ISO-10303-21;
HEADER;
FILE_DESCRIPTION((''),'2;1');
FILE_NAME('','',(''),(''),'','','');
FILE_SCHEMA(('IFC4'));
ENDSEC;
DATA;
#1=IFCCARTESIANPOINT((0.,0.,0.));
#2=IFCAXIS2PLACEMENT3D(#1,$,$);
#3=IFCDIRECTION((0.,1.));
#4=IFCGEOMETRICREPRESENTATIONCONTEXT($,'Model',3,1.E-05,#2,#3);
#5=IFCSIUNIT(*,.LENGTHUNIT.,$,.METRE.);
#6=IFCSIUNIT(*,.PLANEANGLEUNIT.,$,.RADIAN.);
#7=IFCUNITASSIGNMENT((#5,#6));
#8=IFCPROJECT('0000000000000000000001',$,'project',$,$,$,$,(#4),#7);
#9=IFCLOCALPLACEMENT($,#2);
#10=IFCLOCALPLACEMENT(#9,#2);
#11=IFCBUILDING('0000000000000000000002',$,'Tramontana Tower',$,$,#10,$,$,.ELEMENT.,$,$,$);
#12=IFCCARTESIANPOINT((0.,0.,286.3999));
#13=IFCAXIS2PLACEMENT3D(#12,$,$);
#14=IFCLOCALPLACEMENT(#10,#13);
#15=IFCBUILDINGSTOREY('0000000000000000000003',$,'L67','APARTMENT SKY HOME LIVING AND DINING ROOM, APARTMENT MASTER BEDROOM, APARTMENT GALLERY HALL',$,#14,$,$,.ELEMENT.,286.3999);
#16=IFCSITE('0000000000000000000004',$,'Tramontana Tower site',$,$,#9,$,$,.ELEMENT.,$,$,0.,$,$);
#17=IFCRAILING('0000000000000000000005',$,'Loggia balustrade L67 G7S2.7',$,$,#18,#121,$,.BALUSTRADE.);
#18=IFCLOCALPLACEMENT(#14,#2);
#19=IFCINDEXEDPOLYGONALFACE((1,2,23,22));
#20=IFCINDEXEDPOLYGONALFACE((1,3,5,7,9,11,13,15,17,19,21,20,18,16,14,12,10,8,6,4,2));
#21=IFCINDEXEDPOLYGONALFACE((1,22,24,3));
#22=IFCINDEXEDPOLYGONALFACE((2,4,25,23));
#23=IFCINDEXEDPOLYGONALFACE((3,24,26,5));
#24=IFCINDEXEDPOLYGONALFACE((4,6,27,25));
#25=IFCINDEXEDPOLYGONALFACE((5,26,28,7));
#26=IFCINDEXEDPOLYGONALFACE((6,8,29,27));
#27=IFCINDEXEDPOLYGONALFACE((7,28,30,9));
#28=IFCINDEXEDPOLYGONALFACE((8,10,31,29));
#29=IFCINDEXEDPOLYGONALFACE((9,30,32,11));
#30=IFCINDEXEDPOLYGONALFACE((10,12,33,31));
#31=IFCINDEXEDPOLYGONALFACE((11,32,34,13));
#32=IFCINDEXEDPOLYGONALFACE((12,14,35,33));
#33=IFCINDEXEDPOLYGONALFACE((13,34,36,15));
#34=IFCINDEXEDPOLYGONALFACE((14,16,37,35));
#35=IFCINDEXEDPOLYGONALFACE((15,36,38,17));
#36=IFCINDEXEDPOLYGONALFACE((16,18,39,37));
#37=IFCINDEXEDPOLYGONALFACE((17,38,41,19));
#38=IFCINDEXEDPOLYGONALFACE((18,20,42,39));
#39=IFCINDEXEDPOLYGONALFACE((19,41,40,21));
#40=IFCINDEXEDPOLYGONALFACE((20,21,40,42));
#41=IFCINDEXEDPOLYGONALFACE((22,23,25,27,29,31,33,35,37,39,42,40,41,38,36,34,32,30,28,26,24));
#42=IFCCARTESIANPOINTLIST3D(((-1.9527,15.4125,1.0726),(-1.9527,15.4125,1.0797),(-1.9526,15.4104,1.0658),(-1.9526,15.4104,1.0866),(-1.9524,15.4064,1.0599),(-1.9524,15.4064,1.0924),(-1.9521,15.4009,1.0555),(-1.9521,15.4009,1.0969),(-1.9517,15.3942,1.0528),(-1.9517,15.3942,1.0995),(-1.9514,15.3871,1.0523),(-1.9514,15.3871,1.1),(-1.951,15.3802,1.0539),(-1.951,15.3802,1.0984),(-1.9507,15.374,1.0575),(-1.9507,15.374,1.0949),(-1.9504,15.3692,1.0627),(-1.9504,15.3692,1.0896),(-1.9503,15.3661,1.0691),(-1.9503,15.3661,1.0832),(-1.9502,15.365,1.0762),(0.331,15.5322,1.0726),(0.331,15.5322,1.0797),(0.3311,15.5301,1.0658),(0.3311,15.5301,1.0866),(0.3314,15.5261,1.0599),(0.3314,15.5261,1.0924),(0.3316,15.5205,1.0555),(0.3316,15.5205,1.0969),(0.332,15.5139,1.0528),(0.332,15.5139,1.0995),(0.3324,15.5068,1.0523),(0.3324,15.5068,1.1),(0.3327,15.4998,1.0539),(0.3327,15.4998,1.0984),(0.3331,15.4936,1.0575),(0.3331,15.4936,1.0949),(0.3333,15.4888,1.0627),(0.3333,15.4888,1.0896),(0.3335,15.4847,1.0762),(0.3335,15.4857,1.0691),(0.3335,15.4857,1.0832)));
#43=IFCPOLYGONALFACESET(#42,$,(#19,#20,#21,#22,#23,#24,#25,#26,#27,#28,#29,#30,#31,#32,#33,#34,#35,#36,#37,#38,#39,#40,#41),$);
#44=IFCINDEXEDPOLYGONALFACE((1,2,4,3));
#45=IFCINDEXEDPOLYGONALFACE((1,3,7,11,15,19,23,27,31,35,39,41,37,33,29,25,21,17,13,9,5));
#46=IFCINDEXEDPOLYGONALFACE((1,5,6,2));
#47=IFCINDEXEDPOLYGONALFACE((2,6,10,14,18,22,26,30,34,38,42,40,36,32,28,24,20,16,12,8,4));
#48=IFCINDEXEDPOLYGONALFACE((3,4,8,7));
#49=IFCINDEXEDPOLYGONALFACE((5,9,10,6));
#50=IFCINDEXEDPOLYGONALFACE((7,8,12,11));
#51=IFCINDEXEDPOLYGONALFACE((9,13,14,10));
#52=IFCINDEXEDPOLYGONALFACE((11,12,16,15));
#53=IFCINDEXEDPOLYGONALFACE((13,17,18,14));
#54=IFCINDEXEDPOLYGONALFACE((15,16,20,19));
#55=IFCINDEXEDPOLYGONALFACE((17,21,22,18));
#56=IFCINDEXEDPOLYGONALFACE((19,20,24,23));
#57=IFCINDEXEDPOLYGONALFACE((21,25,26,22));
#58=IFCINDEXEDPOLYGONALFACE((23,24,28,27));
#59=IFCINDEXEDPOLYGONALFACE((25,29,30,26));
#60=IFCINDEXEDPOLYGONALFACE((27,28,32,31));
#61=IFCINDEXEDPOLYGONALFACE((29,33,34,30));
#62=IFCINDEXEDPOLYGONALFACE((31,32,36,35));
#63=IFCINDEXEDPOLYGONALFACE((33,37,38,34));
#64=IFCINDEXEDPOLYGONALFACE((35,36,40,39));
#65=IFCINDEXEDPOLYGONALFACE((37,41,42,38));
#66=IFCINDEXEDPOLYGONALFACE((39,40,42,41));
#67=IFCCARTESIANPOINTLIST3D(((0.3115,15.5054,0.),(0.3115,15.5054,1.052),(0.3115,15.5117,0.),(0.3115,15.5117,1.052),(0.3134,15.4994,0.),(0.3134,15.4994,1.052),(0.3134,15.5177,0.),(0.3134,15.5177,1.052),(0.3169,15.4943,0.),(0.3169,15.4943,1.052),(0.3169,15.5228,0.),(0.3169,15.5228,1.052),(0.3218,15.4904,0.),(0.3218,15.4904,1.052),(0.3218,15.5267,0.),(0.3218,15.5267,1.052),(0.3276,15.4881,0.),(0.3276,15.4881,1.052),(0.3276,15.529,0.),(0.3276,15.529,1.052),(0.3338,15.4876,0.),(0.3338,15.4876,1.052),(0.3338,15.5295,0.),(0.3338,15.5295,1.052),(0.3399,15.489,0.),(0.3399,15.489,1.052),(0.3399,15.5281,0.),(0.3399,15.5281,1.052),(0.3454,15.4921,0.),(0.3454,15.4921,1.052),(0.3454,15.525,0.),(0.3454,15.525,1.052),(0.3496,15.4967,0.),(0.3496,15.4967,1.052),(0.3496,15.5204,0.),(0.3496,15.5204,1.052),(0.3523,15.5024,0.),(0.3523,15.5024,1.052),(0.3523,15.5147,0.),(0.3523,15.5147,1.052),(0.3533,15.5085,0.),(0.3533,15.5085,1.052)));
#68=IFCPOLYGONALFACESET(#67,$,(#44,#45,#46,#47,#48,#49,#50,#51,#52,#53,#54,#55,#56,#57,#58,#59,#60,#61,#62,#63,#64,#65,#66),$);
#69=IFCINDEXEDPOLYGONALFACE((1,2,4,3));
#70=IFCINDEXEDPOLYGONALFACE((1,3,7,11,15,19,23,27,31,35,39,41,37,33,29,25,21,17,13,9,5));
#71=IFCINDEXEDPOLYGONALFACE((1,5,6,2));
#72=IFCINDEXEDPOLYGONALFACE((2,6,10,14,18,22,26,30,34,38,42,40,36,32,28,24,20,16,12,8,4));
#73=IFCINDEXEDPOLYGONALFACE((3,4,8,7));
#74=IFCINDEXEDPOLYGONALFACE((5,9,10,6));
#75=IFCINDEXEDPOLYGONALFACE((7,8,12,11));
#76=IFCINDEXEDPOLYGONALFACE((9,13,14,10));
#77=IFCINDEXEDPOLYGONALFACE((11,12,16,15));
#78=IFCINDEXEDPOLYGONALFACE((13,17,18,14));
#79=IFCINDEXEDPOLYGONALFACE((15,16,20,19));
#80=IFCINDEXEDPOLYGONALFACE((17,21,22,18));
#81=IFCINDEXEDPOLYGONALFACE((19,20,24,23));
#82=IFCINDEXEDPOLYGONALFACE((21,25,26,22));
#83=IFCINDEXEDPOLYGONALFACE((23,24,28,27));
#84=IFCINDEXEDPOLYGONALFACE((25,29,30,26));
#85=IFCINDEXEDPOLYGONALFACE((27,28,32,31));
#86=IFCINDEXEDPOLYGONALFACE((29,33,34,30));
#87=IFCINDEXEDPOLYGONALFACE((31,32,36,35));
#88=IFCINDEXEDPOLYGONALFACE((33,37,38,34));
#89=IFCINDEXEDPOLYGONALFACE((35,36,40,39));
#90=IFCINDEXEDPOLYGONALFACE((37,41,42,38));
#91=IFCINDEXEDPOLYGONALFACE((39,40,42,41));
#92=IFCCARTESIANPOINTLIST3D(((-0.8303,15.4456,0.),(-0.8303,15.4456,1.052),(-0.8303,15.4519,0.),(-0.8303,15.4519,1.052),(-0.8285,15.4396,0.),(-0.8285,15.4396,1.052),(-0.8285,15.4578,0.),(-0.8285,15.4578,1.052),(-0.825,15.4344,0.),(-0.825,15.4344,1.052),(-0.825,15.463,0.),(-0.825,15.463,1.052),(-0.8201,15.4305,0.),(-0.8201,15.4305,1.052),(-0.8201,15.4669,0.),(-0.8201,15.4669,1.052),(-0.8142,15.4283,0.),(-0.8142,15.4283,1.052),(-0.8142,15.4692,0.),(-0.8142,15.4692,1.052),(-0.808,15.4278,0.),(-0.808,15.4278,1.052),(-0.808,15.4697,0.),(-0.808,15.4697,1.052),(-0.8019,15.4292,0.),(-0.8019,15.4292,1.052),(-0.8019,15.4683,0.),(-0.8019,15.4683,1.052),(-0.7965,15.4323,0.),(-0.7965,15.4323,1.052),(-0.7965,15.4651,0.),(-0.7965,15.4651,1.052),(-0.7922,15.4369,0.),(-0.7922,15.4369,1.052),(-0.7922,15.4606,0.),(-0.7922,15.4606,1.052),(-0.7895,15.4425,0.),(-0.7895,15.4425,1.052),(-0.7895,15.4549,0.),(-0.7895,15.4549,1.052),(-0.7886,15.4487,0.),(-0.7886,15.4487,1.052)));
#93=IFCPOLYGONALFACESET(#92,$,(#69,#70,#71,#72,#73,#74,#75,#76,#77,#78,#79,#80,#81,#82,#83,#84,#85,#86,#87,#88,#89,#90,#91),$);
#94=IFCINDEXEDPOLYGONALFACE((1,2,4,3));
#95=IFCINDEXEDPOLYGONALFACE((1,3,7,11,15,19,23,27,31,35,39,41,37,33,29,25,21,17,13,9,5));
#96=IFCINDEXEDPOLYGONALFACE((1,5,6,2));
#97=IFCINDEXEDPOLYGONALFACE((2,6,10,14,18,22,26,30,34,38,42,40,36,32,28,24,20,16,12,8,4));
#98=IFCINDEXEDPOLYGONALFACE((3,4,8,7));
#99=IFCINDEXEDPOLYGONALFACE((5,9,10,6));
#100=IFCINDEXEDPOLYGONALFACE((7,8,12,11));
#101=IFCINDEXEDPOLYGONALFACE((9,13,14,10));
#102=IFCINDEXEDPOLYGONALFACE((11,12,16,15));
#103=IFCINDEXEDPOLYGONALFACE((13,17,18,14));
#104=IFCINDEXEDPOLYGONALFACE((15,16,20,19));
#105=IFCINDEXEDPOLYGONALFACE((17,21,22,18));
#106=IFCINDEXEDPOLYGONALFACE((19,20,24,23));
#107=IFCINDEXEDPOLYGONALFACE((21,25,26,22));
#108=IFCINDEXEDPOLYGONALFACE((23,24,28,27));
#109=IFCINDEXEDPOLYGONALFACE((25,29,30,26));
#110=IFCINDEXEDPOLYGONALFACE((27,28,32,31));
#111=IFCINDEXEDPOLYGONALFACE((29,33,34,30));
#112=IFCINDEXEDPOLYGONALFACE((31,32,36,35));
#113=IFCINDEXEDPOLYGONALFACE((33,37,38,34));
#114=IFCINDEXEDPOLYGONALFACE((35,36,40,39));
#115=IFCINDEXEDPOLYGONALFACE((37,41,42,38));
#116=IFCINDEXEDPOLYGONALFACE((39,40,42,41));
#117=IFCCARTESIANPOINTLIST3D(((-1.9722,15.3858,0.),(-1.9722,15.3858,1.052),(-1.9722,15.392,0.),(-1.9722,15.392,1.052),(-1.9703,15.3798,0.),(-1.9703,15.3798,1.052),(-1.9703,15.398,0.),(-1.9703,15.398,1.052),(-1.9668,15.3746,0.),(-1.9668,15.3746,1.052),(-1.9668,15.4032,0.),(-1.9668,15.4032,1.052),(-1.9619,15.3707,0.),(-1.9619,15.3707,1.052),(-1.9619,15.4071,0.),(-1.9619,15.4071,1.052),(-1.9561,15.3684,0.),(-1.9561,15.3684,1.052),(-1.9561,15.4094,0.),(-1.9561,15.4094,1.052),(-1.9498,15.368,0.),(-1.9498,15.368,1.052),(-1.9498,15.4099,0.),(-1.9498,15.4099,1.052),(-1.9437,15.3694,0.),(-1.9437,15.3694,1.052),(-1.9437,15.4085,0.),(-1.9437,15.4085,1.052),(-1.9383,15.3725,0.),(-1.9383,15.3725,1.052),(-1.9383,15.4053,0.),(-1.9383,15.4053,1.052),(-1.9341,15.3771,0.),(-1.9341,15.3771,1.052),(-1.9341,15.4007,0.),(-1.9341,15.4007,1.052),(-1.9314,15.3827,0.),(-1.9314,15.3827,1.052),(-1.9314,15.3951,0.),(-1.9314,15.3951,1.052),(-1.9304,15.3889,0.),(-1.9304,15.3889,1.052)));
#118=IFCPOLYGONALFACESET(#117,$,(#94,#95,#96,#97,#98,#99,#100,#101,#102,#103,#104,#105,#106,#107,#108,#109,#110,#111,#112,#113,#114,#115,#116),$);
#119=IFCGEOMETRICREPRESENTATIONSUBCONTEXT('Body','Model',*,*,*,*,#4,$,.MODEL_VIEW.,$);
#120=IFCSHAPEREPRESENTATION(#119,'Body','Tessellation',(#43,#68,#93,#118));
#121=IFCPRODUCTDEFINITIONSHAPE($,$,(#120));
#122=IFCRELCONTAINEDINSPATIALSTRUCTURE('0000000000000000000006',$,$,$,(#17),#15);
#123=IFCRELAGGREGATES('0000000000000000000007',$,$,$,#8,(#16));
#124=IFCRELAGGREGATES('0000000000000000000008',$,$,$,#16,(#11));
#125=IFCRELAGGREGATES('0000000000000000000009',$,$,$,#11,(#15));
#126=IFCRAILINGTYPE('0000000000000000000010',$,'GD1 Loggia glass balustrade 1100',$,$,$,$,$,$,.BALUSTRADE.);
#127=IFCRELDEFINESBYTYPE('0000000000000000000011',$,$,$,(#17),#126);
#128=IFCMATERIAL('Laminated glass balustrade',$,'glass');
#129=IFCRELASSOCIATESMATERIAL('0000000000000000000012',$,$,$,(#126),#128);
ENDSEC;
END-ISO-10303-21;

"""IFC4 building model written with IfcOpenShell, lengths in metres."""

from ifc_helpers import new_model, si_unit, direction, frame, origin, origin_2d, place, context, subcontext, project, spatial, circle, extrude, material, type_object, element, save


model = new_model("IFC4")

# Units and contexts
model_context = context("Model", 3, precision=1e-05, world=origin(), true_north=direction((0.0, 1.0)))
body_context = subcontext(model_context, "Body", "Model", "MODEL_VIEW")
ifc_project = project(units=[si_unit("LENGTHUNIT", "METRE"), si_unit("PLANEANGLEUNIT", "RADIAN")], contexts=[model_context])

# Site, building, storey
site_placement = place(None, origin())
site = spatial("IfcSite", under=ifc_project, at=site_placement, Name="Tramontana Tower site", CompositionType="ELEMENT", RefElevation=0.0)
building_placement = place(site_placement, origin())
building = spatial("IfcBuilding", under=site, at=building_placement, Name="Tramontana Tower", CompositionType="ELEMENT")
storey_placement = place(building_placement, frame((0.0, 0.0, 286.3999)))
storey = spatial("IfcBuildingStorey", under=building, at=storey_placement, Name="L67", Description="APARTMENT SKY HOME LIVING AND DINING ROOM, APARTMENT MASTER BEDROOM, APARTMENT GALLERY HALL", CompositionType="ELEMENT", Elevation=286.3999)

# Railing
ifc_material_1 = material(Name="Laminated glass balustrade", Category="glass")
railing_type = type_object("IfcRailingType", Name="GD1 Loggia glass balustrade 1100", PredefinedType="BALUSTRADE", material=ifc_material_1)
railing_placement = place(storey_placement, frame((0.3323, 15.5085, 0.0)))
element("IfcRailing", 1, at=railing_placement, inside=storey, type_object=railing_type, Name="Loggia balustrade L67 G7S2.7", PredefinedType="BALUSTRADE", context=body_context, shape_type="SweptSolid", body=[
    extrude(circle(Radius=0.0239, at=origin_2d()), frame((0.0, 0.0, 1.0762), z_axis=(-0.998631, -0.052312, 0.0), x_axis=(0.052312, -0.998631, 0.0)), (0.0, 0.0, 1.0), 2.2869),
    extrude(circle(Radius=0.021, at=origin_2d()), origin(), (0.0, 0.0, 1.0), 1.052),
    extrude(circle(Radius=0.021, at=origin_2d()), frame((-1.1418, -0.0598, 0.0)), (0.0, 0.0, 1.0), 1.052),
    extrude(circle(Radius=0.021, at=origin_2d()), frame((-2.2837, -0.1196, 0.0)), (0.0, 0.0, 1.0), 1.052),
])

save(model, "model.ifc")
